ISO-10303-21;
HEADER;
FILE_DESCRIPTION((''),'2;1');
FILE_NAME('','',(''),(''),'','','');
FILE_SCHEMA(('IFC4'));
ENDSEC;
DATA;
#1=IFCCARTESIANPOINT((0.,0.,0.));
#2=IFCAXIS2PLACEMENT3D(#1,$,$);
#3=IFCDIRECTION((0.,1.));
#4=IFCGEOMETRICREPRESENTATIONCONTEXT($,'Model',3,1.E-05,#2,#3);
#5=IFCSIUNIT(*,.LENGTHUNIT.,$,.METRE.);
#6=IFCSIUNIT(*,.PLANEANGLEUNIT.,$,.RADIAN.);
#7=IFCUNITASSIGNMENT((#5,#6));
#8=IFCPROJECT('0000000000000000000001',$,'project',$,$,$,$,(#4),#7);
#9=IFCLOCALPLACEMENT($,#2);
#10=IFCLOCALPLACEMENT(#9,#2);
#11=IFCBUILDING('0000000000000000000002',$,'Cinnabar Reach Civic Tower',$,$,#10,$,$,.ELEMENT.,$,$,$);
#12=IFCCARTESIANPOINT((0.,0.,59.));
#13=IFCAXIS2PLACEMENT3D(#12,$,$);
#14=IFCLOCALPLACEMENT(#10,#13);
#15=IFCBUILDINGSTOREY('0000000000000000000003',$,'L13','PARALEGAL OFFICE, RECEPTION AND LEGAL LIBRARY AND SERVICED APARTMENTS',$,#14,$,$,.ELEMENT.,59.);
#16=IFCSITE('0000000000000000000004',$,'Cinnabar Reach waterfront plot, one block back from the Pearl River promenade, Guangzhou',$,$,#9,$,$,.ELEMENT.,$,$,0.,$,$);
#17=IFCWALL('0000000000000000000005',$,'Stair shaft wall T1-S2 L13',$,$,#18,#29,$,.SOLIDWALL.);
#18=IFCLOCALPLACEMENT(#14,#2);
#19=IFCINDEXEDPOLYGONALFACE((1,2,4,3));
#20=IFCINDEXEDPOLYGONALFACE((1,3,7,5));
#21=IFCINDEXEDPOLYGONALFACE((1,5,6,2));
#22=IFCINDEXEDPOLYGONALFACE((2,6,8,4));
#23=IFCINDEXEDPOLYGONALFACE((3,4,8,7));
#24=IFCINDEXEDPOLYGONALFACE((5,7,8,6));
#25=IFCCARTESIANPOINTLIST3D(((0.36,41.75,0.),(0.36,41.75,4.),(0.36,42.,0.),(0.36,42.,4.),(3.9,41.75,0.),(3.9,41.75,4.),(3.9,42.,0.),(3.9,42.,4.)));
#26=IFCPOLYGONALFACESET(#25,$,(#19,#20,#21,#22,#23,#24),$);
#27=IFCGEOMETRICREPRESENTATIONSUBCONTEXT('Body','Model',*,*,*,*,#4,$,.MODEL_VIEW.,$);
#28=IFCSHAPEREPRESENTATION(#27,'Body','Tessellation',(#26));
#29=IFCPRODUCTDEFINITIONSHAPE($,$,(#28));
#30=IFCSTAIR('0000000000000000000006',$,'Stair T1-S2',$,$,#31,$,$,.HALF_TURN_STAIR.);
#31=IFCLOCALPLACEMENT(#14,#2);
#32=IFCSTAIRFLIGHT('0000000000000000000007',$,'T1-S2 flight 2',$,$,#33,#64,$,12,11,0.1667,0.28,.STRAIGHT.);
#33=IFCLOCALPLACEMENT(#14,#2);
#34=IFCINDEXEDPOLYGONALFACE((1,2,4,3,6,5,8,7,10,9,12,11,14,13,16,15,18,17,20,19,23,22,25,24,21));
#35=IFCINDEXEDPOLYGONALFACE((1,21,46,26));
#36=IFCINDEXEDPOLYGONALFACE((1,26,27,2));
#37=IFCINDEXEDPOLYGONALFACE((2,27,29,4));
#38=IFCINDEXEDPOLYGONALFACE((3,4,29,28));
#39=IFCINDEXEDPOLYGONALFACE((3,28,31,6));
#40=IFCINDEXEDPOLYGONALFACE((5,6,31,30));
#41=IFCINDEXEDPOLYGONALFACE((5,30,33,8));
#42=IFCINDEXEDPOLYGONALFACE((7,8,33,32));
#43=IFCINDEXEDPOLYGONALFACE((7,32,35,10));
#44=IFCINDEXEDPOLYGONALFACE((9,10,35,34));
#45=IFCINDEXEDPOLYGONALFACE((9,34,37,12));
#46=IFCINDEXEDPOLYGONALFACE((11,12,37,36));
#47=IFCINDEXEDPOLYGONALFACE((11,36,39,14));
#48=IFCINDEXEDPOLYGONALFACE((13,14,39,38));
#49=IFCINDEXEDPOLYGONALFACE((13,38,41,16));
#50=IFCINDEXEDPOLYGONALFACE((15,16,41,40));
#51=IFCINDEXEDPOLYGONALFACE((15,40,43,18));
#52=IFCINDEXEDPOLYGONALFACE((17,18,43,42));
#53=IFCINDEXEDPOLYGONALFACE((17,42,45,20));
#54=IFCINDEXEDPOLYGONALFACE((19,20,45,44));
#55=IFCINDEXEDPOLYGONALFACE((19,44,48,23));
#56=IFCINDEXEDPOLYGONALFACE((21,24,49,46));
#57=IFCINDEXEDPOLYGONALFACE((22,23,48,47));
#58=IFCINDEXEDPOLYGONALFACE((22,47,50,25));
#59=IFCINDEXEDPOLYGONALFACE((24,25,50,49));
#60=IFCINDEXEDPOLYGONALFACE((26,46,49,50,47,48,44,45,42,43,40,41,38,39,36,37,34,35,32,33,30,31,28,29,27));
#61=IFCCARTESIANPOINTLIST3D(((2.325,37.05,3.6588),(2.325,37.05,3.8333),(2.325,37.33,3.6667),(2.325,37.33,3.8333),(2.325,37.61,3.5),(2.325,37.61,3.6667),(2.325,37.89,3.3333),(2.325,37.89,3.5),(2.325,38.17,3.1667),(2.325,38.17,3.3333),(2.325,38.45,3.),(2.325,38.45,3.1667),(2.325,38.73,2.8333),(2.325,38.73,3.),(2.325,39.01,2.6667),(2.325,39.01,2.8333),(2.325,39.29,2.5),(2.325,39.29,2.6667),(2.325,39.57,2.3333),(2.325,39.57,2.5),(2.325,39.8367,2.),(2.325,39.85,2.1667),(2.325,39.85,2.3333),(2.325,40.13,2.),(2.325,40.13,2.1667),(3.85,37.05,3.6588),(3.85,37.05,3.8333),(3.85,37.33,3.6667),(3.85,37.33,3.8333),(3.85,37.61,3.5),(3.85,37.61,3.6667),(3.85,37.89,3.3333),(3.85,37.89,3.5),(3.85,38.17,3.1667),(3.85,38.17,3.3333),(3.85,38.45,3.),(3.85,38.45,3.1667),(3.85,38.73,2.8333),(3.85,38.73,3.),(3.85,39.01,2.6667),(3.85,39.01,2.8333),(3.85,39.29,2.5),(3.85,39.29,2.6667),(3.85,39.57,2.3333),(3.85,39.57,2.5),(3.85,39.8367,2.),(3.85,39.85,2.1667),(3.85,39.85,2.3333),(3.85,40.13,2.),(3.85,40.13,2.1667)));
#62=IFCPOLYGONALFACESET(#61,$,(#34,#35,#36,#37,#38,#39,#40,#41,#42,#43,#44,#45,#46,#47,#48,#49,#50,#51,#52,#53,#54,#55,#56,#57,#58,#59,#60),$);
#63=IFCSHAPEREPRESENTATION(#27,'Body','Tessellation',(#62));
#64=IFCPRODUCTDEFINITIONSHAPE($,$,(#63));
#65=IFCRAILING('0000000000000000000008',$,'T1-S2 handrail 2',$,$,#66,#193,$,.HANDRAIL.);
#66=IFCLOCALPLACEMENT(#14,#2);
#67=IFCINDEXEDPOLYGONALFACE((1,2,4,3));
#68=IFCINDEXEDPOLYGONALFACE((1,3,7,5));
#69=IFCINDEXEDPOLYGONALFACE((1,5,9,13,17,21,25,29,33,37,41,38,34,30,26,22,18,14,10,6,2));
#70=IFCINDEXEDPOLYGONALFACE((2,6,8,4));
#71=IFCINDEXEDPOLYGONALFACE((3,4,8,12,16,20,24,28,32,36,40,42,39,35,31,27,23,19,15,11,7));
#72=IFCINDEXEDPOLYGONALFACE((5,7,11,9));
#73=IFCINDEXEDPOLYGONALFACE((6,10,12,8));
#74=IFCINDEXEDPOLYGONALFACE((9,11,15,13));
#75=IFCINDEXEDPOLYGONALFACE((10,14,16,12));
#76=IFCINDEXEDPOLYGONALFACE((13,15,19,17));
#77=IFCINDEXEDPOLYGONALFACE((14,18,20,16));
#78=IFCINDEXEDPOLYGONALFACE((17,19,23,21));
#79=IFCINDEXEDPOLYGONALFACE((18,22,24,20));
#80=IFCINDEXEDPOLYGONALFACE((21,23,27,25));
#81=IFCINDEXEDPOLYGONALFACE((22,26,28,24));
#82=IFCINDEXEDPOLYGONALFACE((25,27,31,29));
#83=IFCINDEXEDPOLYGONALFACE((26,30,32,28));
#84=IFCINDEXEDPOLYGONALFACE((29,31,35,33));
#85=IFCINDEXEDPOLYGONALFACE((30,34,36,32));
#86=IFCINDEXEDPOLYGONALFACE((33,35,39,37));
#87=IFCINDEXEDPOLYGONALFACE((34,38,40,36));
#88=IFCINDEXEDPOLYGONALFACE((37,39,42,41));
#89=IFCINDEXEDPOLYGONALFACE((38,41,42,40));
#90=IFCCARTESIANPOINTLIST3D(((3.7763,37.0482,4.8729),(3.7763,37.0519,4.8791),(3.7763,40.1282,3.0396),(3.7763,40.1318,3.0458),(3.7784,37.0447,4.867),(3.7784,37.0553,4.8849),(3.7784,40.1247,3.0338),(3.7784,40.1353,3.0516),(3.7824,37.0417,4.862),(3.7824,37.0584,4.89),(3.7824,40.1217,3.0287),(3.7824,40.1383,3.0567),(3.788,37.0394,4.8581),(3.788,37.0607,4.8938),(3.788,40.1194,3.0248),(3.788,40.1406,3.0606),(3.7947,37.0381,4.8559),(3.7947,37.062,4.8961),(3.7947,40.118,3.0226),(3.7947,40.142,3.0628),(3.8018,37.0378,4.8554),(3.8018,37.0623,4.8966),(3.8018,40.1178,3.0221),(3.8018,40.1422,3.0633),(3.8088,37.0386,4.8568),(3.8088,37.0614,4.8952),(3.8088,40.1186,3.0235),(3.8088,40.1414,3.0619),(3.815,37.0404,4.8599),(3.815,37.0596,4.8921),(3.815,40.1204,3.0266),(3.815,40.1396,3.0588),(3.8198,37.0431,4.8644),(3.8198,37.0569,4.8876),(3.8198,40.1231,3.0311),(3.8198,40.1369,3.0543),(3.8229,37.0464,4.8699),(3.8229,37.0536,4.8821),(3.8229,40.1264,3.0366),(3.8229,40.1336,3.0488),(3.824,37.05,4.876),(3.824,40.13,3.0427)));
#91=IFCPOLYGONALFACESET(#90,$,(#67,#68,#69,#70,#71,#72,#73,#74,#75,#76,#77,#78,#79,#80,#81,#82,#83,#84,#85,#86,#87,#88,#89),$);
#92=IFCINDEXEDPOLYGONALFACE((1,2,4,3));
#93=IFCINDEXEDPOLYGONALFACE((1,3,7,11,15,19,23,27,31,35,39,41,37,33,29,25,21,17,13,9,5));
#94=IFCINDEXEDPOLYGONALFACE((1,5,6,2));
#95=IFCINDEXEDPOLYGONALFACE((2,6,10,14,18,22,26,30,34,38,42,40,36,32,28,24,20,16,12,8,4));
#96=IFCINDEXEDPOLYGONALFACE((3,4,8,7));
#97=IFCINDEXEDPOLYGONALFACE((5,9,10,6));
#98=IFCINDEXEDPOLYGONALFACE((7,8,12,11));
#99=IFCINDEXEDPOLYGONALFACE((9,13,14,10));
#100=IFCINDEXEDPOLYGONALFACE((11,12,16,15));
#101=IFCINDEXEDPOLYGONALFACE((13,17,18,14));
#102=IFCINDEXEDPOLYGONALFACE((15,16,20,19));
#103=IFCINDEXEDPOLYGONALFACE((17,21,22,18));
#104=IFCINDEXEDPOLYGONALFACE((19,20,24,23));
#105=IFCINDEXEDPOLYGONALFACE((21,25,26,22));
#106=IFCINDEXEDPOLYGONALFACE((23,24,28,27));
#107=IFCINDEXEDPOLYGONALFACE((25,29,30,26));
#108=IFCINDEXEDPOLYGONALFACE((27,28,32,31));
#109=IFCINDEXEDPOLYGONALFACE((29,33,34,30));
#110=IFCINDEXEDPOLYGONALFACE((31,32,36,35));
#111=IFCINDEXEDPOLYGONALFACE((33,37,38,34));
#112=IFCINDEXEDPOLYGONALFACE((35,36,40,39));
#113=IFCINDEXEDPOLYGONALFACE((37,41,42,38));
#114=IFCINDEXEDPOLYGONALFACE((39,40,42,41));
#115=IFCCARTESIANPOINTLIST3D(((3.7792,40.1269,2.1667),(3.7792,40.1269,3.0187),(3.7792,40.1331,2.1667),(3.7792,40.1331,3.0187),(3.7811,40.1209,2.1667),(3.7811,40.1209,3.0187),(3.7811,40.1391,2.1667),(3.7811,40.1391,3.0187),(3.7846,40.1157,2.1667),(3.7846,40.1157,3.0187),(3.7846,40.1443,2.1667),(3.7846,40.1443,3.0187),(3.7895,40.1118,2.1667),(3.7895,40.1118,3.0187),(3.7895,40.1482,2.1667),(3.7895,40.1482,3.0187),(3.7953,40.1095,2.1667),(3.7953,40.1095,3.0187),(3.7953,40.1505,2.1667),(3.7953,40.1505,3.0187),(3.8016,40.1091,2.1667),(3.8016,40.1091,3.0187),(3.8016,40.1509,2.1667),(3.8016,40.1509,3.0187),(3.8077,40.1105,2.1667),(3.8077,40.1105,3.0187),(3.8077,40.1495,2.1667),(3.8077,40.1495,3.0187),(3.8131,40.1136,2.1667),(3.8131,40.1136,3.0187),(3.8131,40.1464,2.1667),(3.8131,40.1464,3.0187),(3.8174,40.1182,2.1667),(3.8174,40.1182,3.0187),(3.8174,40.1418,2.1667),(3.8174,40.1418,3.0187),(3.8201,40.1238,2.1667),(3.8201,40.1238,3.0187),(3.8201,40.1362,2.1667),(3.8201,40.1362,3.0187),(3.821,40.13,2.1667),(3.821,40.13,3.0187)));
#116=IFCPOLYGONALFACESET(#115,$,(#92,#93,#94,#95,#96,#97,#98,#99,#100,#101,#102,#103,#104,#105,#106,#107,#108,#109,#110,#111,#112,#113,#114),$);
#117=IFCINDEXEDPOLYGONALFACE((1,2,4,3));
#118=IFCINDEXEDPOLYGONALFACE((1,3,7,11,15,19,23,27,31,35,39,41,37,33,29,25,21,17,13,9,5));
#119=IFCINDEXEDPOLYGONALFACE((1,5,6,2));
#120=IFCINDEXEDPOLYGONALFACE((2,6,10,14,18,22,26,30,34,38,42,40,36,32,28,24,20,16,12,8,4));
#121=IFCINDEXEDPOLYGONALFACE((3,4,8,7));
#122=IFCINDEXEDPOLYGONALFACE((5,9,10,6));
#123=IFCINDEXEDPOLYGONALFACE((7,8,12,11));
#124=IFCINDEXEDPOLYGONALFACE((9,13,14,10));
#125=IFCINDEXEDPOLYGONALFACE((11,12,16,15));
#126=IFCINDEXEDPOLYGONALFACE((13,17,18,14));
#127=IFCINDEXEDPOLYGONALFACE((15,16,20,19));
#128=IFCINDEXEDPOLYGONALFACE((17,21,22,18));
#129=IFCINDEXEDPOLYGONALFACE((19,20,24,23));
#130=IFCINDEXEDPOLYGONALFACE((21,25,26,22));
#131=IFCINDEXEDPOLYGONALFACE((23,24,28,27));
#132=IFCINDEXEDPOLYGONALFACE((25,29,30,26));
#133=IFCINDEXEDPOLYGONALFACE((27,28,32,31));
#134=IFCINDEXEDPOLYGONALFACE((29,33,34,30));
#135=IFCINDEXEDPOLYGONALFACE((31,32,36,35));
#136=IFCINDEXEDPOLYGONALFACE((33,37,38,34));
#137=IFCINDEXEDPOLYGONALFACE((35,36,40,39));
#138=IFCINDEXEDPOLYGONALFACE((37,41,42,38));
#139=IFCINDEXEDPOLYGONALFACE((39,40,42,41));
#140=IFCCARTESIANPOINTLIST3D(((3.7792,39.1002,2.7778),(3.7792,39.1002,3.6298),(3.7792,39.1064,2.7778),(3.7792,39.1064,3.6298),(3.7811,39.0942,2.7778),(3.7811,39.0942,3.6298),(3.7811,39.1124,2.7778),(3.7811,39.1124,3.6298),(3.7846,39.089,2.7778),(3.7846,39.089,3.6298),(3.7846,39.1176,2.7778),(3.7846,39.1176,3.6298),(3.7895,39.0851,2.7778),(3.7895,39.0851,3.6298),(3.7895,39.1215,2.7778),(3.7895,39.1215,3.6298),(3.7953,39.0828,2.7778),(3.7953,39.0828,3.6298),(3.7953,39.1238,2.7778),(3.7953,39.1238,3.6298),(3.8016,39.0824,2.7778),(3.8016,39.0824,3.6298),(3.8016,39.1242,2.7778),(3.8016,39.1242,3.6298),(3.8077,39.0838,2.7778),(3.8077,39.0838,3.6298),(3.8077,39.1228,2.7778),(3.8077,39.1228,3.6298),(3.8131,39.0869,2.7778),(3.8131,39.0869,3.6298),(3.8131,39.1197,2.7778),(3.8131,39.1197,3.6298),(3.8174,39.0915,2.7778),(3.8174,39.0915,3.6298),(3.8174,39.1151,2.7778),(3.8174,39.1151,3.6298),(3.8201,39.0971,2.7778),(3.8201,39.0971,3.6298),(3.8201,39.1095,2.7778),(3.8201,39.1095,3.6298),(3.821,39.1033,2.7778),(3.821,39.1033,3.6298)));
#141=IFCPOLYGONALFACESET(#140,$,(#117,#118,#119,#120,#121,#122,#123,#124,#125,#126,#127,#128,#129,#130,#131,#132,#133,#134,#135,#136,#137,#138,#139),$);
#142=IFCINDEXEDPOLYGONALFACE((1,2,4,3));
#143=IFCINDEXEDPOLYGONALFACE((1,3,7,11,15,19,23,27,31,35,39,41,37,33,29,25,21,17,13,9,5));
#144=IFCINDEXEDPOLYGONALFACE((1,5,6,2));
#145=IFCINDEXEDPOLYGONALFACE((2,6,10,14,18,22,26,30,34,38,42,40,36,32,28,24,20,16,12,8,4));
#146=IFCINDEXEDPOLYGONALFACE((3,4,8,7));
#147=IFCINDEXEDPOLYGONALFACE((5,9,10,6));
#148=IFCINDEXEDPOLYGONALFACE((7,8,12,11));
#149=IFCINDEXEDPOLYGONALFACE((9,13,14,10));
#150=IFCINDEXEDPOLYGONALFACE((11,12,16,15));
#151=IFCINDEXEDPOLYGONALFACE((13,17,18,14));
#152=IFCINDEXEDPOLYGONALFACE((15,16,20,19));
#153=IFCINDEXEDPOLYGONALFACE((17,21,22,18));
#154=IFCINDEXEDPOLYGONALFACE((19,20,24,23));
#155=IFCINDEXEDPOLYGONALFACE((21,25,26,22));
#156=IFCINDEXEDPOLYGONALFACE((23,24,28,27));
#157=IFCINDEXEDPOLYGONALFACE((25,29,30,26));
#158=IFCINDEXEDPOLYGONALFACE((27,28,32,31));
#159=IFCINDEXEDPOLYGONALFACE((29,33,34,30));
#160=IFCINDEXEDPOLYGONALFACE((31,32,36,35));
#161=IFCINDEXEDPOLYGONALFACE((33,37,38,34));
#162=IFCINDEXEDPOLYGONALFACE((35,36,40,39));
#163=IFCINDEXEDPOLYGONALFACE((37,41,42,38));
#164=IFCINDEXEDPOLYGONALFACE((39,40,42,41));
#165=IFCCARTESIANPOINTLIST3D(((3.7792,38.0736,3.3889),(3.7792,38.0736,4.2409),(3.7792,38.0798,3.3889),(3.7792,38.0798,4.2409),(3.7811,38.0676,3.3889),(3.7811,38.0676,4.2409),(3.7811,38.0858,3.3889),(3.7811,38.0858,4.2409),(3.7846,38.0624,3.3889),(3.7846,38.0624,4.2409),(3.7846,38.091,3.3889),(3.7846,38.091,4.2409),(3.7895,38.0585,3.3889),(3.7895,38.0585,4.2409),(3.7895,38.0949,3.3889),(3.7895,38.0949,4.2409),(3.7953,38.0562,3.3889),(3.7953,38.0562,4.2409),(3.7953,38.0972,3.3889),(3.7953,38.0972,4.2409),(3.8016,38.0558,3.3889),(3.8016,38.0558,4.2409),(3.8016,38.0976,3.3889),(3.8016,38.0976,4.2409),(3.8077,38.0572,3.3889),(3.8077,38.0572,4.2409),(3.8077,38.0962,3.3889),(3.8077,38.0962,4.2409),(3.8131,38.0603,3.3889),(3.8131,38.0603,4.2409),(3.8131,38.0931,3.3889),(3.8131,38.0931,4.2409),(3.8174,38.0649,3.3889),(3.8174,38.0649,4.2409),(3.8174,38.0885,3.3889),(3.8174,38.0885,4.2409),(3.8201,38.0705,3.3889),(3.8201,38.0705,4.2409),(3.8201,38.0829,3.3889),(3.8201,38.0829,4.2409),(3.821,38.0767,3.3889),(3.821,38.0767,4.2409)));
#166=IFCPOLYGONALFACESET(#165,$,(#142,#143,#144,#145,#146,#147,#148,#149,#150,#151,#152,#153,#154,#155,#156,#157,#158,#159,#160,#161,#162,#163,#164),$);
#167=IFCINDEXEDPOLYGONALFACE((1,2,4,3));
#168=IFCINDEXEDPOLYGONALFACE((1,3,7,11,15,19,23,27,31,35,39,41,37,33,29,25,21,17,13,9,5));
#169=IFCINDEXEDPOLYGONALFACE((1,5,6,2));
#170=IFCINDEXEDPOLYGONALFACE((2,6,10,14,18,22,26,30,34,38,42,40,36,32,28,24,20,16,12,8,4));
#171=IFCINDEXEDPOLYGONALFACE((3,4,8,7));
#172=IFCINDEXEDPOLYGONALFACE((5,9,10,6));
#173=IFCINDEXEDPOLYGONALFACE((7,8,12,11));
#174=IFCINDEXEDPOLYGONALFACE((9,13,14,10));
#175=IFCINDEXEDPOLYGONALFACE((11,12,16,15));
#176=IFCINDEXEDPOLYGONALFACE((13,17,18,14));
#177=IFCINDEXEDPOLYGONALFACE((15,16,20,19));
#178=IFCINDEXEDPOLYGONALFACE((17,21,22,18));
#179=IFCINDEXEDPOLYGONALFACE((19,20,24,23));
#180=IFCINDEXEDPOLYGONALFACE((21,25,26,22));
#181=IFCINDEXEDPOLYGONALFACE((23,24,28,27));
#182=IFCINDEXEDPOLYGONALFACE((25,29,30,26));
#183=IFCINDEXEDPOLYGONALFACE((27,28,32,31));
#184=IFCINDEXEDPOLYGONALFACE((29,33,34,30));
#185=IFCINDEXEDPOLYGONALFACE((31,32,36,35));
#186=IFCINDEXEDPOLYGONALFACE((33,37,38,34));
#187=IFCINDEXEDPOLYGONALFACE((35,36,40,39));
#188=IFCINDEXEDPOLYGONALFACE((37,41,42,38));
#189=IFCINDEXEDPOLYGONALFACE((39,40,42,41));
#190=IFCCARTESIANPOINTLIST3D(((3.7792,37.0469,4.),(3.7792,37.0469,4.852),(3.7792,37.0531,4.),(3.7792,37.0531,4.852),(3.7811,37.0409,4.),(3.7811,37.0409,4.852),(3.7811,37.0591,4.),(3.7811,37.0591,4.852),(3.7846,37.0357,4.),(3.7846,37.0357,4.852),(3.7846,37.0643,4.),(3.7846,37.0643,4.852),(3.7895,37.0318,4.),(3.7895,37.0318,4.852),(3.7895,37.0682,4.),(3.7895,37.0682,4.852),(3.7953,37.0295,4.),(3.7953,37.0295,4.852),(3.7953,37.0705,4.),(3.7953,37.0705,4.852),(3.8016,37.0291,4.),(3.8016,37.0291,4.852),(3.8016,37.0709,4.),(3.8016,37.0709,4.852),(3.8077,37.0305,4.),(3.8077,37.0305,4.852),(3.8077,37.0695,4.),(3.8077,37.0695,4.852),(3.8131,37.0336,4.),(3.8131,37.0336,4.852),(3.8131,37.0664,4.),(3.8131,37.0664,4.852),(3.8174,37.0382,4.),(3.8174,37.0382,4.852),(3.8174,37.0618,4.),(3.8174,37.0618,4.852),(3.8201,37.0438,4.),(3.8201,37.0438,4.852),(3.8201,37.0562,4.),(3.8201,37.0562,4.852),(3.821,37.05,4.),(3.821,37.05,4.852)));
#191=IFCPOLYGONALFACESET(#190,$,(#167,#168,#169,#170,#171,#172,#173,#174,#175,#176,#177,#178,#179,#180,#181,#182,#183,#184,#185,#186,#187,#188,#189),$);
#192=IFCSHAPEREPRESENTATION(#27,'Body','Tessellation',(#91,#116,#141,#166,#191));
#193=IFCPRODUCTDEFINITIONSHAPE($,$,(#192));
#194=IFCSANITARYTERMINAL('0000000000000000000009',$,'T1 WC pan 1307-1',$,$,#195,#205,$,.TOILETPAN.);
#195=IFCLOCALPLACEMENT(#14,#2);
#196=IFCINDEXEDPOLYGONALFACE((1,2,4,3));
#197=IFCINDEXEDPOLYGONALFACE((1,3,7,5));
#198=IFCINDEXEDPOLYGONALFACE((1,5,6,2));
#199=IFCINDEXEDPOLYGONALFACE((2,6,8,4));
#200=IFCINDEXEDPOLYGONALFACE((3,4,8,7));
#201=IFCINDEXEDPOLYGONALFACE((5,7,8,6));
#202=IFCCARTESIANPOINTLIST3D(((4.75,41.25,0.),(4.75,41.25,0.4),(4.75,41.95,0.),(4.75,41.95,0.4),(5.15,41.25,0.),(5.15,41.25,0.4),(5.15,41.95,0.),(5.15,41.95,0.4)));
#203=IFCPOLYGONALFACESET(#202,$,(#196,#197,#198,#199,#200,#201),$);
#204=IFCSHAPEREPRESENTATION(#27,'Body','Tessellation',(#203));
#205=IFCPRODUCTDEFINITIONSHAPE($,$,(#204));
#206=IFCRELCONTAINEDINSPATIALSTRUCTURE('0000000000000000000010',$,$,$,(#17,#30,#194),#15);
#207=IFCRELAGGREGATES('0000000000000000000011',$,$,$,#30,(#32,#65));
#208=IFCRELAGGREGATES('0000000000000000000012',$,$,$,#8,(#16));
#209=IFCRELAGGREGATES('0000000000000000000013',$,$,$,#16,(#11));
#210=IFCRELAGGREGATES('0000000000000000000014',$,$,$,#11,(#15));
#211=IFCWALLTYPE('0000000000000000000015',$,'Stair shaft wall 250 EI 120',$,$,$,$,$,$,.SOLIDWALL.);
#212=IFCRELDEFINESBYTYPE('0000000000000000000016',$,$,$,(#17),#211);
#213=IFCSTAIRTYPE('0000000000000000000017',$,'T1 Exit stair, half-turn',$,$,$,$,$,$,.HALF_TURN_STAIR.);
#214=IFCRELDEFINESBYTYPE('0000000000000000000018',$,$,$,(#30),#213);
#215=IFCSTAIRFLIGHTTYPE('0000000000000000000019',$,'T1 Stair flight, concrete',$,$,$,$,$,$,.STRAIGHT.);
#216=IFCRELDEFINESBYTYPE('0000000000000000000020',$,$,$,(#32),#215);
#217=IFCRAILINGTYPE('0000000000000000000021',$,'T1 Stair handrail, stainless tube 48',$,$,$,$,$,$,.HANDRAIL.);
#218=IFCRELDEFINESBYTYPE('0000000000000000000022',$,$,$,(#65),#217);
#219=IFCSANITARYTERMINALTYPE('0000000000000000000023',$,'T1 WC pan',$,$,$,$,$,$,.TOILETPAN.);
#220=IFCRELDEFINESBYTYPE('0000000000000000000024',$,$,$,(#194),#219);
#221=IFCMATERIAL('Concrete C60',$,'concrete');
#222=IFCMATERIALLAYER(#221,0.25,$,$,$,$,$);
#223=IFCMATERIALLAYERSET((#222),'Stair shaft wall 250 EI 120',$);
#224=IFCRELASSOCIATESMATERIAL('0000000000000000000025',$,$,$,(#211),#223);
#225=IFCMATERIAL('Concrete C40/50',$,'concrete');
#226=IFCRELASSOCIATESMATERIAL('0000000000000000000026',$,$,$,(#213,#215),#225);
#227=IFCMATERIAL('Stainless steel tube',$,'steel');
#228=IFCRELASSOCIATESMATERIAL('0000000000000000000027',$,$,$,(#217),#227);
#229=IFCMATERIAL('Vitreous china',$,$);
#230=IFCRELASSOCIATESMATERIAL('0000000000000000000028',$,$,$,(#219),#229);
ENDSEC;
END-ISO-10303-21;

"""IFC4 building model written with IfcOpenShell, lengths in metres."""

from ifc_helpers import new_model, si_unit, direction, frame, frame_2d, origin, origin_2d, place, context, subcontext, project, spatial, polyline, rectangle, circle, outline, extrude, material, layer, layer_set, type_object, element, aggregate, save


model = new_model("IFC4")

# Units and contexts
model_context = context("Model", 3, precision=1e-05, world=origin(), true_north=direction((0.0, 1.0)))
body_context = subcontext(model_context, "Body", "Model", "MODEL_VIEW")
ifc_project = project(units=[si_unit("LENGTHUNIT", "METRE"), si_unit("PLANEANGLEUNIT", "RADIAN")], contexts=[model_context])

# Site, building, storey
site_placement = place(None, origin())
site = spatial("IfcSite", under=ifc_project, at=site_placement, Name="Cinnabar Reach waterfront plot, one block back from the Pearl River promenade, Guangzhou", CompositionType="ELEMENT", RefElevation=0.0)
building_placement = place(site_placement, origin())
building = spatial("IfcBuilding", under=site, at=building_placement, Name="Cinnabar Reach Civic Tower", CompositionType="ELEMENT")
storey_placement = place(building_placement, frame((0.0, 0.0, 59.0)))
storey = spatial("IfcBuildingStorey", under=building, at=storey_placement, Name="L13", Description="PARALEGAL OFFICE, RECEPTION AND LEGAL LIBRARY AND SERVICED APARTMENTS", CompositionType="ELEMENT", Elevation=59.0)

# Wall
ifc_material_1 = material(Name="Concrete C60", Category="concrete")
ifc_layer_1 = layer(ifc_material_1, 0.25)
ifc_layer_set_1 = layer_set([ifc_layer_1], Name="Stair shaft wall 250 EI 120")
wall_type_1 = type_object("IfcWallType", Name="Stair shaft wall 250 EI 120", PredefinedType="SOLIDWALL", material=ifc_layer_set_1)
wall_1_placement = place(storey_placement, frame((3.9, 41.875, 0.0), z_axis=(0.0, 0.0, 1.0), x_axis=(-1.0, 0.0, 0.0)))
element("IfcWall", 1, at=wall_1_placement, inside=storey, type_object=wall_type_1, Name="Stair shaft wall T1-S2 L13", PredefinedType="SOLIDWALL", context=body_context, shape_type="SweptSolid", body=[
    extrude(rectangle(XDim=3.54, YDim=0.25, at=frame_2d((1.77, 0.0))), origin(), (0.0, 0.0, 1.0), 4.0),
])

# Stair, stair flight, railing
ifc_material_2 = material(Name="Concrete C40/50", Category="concrete")
stair_type = type_object("IfcStairType", Name="T1 Exit stair, half-turn", PredefinedType="HALF_TURN_STAIR", material=ifc_material_2)
stair_placement = place(storey_placement, origin())
stair = element("IfcStair", 2, at=stair_placement, inside=storey, type_object=stair_type, Name="Stair T1-S2", PredefinedType="HALF_TURN_STAIR")
stair_flight_type = type_object("IfcStairFlightType", Name="T1 Stair flight, concrete", PredefinedType="STRAIGHT", material=ifc_material_2)
stair_flight_placement = place(storey_placement, frame((3.0875, 40.13, 2.0), z_axis=(0.0, 0.0, 1.0), x_axis=(0.0, -1.0, 0.0)))
stair_flight = element("IfcStairFlight", 3, at=stair_flight_placement, type_object=stair_flight_type, Name="T1-S2 flight 2", NumberOfRisers=12, NumberOfTreads=11, PredefinedType="STRAIGHT", RiserHeight=0.1667, TreadLength=0.28, context=body_context, shape_type="SweptSolid", body=[
    extrude(outline(polyline([(0.0, 0.0), (0.0, 0.1667), (0.28, 0.1667), (0.28, 0.3333), (0.56, 0.3333), (0.56, 0.5), (0.84, 0.5), (0.84, 0.6667), (1.12, 0.6667), (1.12, 0.8333), (1.4, 0.8333), (1.4, 1.0), (1.68, 1.0), (1.68, 1.1667), (1.96, 1.1667), (1.96, 1.3333), (2.24, 1.3333), (2.24, 1.5), (2.52, 1.5), (2.52, 1.6667), (2.8, 1.6667), (2.8, 1.8333), (3.08, 1.8333), (3.08, 2.0), (3.08, 1.6588), (0.2933, 0.0), (0.0, 0.0)])), frame((0.0, 0.7625, 0.0), z_axis=(0.0, -1.0, 0.0), x_axis=(1.0, 0.0, 0.0)), (0.0, 0.0, 1.0), 1.525),
])
ifc_material_3 = material(Name="Stainless steel tube", Category="steel")
railing_type = type_object("IfcRailingType", Name="T1 Stair handrail, stainless tube 48", PredefinedType="HANDRAIL", material=ifc_material_3)
railing_placement = place(storey_placement, frame((3.8, 40.13, 2.1667)))
railing = element("IfcRailing", 4, at=railing_placement, type_object=railing_type, Name="T1-S2 handrail 2", PredefinedType="HANDRAIL", context=body_context, shape_type="SweptSolid", body=[
    extrude(circle(Radius=0.024, at=origin_2d()), frame((0.0, 0.0, 0.876), z_axis=(0.0, -0.859297, 0.511477), x_axis=(1.0, 0.0, 0.0)), (0.0, 0.0, 1.0), 3.5843),
    extrude(circle(Radius=0.021, at=origin_2d()), origin(), (0.0, 0.0, 1.0), 0.852),
    extrude(circle(Radius=0.021, at=origin_2d()), frame((0.0, -1.0267, 0.6111)), (0.0, 0.0, 1.0), 0.852),
    extrude(circle(Radius=0.021, at=origin_2d()), frame((0.0, -2.0533, 1.2222)), (0.0, 0.0, 1.0), 0.852),
    extrude(circle(Radius=0.021, at=origin_2d()), frame((0.0, -3.08, 1.8333)), (0.0, 0.0, 1.0), 0.852),
])
aggregate(stair, [stair_flight, railing])

# Sanitary terminal
ifc_material_4 = material(Name="Vitreous china")
sanitary_terminal_type_1 = type_object("IfcSanitaryTerminalType", Name="T1 WC pan", PredefinedType="TOILETPAN", material=ifc_material_4)
for number, where, z_axis, x_axis, name in (
    (5, (4.95, 41.6, 0.0), (0.0, 0.0, 1.0), (1.0, 0.0, 0.0), "T1 WC pan 1307-1"),
):
    element("IfcSanitaryTerminal", number, at=place(storey_placement, frame(where, z_axis=z_axis, x_axis=x_axis)), inside=storey, type_object=sanitary_terminal_type_1, Name=name, PredefinedType="TOILETPAN", context=body_context, shape_type="SweptSolid", body=[
        extrude(rectangle(XDim=0.4, YDim=0.7, at=origin_2d()), origin(), (0.0, 0.0, 1.0), 0.4),
    ])

save(model, "model.ifc")
